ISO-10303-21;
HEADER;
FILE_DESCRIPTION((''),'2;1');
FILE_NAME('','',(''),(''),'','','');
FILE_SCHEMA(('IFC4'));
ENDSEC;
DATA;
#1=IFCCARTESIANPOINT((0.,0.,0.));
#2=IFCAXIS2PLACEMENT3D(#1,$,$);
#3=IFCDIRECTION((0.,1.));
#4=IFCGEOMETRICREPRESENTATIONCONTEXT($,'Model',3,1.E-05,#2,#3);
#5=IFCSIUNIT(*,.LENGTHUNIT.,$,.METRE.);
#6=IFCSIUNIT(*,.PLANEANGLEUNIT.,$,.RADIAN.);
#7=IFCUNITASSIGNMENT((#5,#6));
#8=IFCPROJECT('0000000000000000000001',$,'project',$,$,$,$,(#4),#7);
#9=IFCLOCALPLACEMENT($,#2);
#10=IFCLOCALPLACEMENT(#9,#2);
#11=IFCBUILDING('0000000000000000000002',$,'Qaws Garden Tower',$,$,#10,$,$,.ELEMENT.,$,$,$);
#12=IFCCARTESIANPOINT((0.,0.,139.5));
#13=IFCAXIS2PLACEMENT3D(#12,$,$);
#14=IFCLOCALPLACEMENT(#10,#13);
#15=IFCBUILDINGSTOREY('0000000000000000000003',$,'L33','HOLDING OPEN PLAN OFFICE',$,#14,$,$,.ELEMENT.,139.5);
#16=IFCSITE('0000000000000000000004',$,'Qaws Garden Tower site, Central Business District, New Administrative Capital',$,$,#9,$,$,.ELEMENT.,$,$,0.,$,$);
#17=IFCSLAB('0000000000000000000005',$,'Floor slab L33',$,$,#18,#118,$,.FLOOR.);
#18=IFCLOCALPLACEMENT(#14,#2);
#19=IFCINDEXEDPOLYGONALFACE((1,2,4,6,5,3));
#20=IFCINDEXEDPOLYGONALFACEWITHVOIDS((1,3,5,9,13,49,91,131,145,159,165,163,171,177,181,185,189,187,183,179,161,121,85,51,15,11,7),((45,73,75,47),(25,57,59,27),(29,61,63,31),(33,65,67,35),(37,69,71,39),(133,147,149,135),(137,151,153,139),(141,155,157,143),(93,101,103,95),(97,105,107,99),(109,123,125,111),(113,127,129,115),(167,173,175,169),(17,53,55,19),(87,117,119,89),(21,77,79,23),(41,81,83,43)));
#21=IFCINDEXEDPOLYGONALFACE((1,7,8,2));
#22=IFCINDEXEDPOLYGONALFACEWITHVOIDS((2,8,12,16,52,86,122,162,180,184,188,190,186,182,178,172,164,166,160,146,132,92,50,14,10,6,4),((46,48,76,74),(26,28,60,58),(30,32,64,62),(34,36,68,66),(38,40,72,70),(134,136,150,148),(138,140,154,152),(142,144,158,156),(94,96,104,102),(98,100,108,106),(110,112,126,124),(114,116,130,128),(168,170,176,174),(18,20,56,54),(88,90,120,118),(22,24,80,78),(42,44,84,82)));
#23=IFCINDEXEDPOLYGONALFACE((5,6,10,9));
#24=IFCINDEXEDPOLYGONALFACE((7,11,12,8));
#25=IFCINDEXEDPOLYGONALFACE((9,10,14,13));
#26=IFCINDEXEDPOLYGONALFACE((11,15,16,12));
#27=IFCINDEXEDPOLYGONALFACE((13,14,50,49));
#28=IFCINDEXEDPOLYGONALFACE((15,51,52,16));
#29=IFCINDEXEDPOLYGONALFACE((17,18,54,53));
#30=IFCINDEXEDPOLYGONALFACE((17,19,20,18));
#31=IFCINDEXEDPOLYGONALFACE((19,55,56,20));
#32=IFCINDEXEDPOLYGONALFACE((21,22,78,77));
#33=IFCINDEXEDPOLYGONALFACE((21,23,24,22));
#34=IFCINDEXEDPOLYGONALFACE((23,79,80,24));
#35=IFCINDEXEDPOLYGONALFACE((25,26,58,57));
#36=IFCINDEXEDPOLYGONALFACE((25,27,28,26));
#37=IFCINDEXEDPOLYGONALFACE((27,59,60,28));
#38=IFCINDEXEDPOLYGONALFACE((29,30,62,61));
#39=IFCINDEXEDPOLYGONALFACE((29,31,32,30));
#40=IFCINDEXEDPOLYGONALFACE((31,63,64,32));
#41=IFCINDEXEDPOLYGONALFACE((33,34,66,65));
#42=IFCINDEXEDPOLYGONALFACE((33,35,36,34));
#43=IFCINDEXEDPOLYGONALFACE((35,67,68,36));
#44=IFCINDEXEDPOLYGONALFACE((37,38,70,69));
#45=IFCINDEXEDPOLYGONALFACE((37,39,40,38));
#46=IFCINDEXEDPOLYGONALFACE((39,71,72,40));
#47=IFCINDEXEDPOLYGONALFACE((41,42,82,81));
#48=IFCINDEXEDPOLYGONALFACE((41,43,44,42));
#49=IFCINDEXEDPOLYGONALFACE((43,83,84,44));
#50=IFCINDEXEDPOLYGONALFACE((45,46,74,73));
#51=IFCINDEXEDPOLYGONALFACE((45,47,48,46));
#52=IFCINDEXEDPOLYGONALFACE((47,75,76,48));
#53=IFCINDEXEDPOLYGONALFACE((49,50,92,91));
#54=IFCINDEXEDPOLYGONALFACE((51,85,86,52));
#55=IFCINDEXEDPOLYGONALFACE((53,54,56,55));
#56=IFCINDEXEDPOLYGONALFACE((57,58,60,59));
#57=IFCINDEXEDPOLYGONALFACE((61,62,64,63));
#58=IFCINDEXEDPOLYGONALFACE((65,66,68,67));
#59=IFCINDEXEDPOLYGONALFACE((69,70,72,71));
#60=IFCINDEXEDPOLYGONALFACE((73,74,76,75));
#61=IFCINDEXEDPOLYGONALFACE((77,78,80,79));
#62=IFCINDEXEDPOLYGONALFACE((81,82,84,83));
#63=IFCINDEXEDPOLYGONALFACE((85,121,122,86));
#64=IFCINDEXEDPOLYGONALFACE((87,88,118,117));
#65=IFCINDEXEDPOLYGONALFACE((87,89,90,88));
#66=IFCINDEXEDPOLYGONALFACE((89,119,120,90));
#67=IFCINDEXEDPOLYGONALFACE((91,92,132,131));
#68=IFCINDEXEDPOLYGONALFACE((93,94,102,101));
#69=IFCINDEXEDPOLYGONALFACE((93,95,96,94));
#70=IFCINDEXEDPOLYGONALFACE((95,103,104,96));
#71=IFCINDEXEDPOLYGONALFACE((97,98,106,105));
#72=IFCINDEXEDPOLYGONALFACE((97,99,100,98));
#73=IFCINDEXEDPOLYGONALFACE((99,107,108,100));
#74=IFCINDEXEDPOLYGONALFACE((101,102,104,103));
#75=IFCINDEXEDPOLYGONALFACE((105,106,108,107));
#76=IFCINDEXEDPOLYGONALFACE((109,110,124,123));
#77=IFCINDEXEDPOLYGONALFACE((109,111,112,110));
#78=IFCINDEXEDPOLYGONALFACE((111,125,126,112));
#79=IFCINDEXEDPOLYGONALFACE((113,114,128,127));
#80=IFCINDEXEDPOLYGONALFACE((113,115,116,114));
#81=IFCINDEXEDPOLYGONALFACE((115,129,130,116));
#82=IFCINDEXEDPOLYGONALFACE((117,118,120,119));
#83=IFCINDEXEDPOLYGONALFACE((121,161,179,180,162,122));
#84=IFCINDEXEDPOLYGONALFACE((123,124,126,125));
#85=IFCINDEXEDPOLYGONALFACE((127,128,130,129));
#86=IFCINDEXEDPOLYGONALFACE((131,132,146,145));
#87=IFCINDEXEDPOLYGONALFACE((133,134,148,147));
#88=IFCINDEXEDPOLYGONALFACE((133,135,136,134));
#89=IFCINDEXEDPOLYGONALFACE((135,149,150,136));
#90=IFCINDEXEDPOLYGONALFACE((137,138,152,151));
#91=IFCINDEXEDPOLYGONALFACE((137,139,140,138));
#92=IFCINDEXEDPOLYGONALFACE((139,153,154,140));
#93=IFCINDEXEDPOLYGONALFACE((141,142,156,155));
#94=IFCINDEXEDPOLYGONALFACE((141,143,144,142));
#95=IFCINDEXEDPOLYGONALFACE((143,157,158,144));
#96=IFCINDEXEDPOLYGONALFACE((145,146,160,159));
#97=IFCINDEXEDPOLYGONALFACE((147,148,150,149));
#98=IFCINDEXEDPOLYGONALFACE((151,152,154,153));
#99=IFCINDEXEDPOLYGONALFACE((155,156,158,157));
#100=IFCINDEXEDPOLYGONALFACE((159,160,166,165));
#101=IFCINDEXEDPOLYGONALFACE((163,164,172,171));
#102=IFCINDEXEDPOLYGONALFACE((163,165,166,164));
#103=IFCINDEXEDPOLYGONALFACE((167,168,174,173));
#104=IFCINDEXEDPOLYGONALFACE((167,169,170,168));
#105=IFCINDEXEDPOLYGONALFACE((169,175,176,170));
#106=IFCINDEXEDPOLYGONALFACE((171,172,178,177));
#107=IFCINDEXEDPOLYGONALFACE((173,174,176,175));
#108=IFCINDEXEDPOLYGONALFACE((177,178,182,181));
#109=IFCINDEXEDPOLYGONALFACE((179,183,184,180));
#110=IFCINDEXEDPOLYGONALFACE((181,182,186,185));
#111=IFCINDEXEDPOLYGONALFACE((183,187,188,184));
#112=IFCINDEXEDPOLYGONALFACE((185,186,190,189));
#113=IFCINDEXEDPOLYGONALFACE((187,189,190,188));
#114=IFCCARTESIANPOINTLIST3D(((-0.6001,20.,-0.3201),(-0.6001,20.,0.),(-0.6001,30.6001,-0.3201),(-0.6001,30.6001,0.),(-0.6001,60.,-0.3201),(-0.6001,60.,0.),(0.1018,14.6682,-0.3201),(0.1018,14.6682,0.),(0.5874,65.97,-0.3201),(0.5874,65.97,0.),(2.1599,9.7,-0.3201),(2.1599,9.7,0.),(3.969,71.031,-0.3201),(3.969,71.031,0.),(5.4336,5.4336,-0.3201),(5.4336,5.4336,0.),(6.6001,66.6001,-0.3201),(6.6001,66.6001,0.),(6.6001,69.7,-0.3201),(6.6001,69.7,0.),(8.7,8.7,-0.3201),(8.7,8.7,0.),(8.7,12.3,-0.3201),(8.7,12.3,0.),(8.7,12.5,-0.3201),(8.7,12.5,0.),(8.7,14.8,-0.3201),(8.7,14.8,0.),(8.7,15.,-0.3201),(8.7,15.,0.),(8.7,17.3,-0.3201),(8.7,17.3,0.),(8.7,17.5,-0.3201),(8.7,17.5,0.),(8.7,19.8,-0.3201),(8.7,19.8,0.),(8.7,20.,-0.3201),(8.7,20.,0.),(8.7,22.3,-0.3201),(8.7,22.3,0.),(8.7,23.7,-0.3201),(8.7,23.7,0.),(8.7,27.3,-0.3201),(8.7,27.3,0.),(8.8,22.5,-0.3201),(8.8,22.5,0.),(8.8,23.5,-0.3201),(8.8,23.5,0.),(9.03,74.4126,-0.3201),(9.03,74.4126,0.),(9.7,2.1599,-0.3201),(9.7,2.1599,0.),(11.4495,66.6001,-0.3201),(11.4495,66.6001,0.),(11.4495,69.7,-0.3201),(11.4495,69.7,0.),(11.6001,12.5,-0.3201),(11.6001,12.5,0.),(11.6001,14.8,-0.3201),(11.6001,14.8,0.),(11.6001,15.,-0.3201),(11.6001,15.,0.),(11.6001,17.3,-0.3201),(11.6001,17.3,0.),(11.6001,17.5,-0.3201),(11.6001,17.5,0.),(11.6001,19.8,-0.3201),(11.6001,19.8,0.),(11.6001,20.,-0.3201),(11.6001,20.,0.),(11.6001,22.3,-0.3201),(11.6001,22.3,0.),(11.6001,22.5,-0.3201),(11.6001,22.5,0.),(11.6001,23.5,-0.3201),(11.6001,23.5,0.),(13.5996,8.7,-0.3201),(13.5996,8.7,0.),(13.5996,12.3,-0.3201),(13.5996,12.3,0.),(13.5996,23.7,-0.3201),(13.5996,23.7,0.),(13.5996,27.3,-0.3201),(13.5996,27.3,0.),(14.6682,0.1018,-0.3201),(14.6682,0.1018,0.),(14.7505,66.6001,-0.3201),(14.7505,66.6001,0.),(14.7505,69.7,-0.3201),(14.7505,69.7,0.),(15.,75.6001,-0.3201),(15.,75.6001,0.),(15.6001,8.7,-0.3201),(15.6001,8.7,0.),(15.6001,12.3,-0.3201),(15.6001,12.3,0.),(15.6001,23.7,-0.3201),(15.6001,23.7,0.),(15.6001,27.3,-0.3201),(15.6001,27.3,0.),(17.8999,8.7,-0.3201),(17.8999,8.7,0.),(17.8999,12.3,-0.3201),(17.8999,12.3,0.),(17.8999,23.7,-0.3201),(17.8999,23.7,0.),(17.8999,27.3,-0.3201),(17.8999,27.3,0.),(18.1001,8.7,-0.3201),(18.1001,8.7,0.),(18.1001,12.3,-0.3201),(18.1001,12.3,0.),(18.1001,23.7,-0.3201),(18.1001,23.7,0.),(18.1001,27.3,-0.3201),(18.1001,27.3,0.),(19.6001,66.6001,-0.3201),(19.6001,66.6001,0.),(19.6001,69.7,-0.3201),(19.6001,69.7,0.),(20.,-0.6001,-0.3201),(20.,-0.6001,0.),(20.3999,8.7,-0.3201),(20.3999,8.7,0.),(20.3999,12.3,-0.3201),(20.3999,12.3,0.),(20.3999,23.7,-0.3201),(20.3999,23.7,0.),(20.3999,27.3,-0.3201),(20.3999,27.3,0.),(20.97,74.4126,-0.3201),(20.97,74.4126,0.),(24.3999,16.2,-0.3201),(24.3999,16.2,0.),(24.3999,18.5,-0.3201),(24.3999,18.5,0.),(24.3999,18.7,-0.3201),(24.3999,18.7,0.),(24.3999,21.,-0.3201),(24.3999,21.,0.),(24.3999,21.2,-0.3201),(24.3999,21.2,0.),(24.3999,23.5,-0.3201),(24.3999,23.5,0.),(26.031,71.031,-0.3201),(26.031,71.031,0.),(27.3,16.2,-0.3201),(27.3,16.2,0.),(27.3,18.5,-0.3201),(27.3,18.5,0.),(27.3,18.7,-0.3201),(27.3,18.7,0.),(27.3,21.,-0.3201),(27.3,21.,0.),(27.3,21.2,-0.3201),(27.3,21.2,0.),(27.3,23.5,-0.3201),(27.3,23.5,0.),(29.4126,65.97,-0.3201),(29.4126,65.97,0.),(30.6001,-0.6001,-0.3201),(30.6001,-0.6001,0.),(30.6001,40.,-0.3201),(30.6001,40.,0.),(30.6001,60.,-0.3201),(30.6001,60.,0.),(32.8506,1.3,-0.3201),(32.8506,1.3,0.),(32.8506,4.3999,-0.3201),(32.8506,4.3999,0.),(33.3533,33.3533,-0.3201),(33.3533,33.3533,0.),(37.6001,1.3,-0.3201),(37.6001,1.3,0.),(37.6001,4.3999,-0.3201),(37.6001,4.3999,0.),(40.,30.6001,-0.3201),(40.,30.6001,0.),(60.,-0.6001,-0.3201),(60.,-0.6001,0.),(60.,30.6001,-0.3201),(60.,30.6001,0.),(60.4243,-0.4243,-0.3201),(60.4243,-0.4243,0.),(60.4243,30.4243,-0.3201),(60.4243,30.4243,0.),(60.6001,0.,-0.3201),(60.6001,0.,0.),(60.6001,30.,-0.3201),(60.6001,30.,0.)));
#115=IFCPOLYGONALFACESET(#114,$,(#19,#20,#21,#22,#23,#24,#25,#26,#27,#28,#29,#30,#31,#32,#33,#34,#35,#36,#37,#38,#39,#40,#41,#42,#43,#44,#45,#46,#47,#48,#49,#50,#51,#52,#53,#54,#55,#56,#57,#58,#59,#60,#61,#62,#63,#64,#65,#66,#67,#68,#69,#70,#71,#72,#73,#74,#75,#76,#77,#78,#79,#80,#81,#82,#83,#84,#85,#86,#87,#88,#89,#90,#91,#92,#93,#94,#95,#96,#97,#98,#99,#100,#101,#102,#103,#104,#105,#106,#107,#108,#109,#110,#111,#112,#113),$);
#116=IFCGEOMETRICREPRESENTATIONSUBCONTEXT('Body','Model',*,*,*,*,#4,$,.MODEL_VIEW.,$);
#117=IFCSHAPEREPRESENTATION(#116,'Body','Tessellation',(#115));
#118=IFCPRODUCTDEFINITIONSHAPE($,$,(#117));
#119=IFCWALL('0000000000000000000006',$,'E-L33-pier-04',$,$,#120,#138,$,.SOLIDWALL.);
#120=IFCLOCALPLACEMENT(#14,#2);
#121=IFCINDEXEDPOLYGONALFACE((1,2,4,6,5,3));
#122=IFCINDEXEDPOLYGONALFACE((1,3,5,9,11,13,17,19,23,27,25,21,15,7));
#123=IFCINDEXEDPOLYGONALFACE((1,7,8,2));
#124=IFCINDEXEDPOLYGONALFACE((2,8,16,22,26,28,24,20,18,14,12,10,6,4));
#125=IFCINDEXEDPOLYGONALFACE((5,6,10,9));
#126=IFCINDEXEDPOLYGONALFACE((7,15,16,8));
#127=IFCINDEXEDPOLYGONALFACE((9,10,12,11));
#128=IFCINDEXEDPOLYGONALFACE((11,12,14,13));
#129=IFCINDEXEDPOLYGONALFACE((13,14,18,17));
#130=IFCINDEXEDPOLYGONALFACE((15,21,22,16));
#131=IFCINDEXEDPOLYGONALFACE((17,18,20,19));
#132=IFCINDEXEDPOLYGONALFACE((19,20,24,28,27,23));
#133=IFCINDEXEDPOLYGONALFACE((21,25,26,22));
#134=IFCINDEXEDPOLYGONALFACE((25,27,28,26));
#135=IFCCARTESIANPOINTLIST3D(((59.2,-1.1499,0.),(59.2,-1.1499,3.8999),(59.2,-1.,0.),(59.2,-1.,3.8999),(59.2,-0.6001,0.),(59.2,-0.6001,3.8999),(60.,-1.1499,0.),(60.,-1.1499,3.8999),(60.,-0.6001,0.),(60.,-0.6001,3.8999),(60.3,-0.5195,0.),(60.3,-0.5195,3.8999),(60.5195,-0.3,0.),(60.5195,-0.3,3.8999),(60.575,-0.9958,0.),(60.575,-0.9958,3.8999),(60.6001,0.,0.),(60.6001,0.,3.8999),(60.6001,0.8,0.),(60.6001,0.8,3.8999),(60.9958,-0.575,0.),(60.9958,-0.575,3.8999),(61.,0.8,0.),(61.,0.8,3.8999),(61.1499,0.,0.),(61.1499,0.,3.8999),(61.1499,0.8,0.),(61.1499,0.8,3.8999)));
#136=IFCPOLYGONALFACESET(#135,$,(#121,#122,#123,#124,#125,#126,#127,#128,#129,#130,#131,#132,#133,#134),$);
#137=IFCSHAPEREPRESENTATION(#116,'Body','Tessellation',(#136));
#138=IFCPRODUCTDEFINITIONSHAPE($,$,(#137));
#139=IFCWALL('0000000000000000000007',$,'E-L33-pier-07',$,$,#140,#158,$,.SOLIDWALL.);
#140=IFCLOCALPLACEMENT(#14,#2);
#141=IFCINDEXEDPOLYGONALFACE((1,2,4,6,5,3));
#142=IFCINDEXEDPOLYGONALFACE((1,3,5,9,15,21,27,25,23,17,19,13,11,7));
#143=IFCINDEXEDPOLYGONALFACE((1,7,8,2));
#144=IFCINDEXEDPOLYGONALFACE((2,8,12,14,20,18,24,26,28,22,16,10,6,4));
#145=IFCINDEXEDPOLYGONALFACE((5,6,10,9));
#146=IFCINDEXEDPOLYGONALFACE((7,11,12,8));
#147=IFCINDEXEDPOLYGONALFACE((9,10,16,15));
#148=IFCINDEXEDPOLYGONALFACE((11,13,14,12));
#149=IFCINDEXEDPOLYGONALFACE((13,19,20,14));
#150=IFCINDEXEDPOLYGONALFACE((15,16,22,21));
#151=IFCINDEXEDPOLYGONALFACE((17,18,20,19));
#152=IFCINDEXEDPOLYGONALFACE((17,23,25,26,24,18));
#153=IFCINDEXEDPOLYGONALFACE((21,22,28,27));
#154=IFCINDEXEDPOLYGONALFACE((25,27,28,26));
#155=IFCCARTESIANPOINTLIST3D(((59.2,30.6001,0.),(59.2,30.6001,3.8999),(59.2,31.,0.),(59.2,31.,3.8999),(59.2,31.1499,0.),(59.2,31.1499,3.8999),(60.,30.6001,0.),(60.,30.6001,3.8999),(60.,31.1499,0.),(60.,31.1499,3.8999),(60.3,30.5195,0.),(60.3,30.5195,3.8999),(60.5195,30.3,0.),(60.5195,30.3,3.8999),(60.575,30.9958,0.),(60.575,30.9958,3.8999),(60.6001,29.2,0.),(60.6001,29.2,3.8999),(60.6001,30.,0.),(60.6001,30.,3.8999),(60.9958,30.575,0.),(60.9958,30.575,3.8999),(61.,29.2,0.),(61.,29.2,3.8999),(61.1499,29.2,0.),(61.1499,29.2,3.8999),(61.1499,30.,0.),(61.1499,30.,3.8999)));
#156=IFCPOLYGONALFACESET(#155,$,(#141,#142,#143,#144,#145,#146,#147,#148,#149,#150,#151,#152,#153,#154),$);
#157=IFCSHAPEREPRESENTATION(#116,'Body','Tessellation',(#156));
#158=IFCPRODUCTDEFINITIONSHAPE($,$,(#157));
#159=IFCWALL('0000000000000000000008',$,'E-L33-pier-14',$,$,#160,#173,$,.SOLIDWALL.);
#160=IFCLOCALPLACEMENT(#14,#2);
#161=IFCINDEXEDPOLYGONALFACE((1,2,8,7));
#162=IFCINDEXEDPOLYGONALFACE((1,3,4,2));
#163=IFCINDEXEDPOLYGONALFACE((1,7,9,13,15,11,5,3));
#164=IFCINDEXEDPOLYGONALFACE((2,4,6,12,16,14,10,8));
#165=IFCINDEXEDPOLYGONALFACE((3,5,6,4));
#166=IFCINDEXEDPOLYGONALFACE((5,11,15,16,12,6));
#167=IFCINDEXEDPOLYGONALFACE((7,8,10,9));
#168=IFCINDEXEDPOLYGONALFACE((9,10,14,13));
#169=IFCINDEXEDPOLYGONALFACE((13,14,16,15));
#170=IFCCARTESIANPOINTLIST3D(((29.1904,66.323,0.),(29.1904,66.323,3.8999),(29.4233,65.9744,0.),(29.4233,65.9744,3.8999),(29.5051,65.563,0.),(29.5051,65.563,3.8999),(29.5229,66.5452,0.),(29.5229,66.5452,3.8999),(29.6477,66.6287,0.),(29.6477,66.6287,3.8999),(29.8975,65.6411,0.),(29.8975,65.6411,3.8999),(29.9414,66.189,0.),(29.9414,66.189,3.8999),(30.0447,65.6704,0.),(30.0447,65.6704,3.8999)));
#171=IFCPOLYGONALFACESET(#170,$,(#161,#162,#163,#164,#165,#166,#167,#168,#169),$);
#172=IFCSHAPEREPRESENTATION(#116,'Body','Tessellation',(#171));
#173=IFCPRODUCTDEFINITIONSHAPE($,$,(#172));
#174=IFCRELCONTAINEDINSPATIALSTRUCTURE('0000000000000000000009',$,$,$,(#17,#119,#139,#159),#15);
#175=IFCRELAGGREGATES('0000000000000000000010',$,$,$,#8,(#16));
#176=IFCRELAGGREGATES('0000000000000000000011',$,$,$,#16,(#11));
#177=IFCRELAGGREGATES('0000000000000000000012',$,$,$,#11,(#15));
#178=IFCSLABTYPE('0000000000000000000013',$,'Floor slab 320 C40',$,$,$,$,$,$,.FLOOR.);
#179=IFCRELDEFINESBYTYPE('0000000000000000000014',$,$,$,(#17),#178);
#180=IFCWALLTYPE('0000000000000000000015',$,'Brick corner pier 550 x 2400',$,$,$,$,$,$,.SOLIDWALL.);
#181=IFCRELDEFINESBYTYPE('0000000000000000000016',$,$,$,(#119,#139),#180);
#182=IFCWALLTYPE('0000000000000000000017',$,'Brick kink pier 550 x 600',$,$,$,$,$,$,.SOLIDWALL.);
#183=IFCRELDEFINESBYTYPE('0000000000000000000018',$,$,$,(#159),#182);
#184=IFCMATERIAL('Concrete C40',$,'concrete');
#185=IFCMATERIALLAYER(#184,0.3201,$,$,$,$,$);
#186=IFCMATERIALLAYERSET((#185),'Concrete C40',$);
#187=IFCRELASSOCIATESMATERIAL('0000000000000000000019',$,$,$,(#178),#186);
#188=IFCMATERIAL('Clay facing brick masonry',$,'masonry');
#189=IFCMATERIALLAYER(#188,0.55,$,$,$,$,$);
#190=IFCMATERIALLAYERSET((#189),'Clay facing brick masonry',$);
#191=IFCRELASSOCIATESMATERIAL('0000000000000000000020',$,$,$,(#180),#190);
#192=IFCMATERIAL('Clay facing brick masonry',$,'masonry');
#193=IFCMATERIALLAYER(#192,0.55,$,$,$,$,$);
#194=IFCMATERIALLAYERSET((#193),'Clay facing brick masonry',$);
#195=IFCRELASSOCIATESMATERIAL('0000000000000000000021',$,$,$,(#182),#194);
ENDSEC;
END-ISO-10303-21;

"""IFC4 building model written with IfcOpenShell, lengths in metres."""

from ifc_helpers import new_model, si_unit, direction, frame, origin, place, context, subcontext, project, spatial, polyline, outline, extrude, material, layer, layer_set, type_object, element, save


model = new_model("IFC4")

# Units and contexts
model_context = context("Model", 3, precision=1e-05, world=origin(), true_north=direction((0.0, 1.0)))
body_context = subcontext(model_context, "Body", "Model", "MODEL_VIEW")
ifc_project = project(units=[si_unit("LENGTHUNIT", "METRE"), si_unit("PLANEANGLEUNIT", "RADIAN")], contexts=[model_context])

# Site, building, storey
site_placement = place(None, origin())
site = spatial("IfcSite", under=ifc_project, at=site_placement, Name="Qaws Garden Tower site, Central Business District, New Administrative Capital", CompositionType="ELEMENT", RefElevation=0.0)
building_placement = place(site_placement, origin())
building = spatial("IfcBuilding", under=site, at=building_placement, Name="Qaws Garden Tower", CompositionType="ELEMENT")
storey_placement = place(building_placement, frame((0.0, 0.0, 139.5)))
storey = spatial("IfcBuildingStorey", under=building, at=storey_placement, Name="L33", Description="HOLDING OPEN PLAN OFFICE", CompositionType="ELEMENT", Elevation=139.5)

# Slab
ifc_material_1 = material(Name="Concrete C40", Category="concrete")
ifc_layer_1 = layer(ifc_material_1, 0.3201)
ifc_layer_set_1 = layer_set([ifc_layer_1], Name="Concrete C40")
slab_type = type_object("IfcSlabType", Name="Floor slab 320 C40", PredefinedType="FLOOR", material=ifc_layer_set_1)
slab_placement = place(storey_placement, frame((0.0, 0.0, -0.3201)))
element("IfcSlab", 1, at=slab_placement, inside=storey, type_object=slab_type, Name="Floor slab L33", PredefinedType="FLOOR", context=body_context, shape_type="SweptSolid", body=[
    extrude(outline(polyline([(0.1018, 14.6682), (-0.6001, 20.0), (-0.6001, 30.6001), (-0.6001, 60.0), (-0.6001, 60.0), (0.5874, 65.97), (3.969, 71.031), (9.03, 74.4126), (15.0, 75.6001), (20.97, 74.4126), (26.031, 71.031), (29.4126, 65.97), (30.6001, 60.0), (30.6001, 40.0), (33.3533, 33.3533), (40.0, 30.6001), (60.0, 30.6001), (60.4243, 30.4243), (60.6001, 30.0), (60.6001, 0.0), (60.4243, -0.4243), (60.0, -0.6001), (30.6001, -0.6001), (20.0, -0.6001), (14.6682, 0.1018), (9.7, 2.1599), (5.4336, 5.4336), (2.1599, 9.7), (0.1018, 14.6682)]), holes=[polyline([(13.5996, 12.3), (8.7, 12.3), (8.7, 8.7), (13.5996, 8.7), (13.5996, 12.3)]), polyline([(17.8999, 12.3), (15.6001, 12.3), (15.6001, 8.7), (17.8999, 8.7), (17.8999, 12.3)]), polyline([(11.6001, 14.8), (8.7, 14.8), (8.7, 12.5), (11.6001, 12.5), (11.6001, 14.8)]), polyline([(11.6001, 17.3), (8.7, 17.3), (8.7, 15.0), (11.6001, 15.0), (11.6001, 17.3)]), polyline([(11.6001, 19.8), (8.7, 19.8), (8.7, 17.5), (11.6001, 17.5), (11.6001, 19.8)]), polyline([(11.6001, 22.3), (8.7, 22.3), (8.7, 20.0), (11.6001, 20.0), (11.6001, 22.3)]), polyline([(11.6001, 23.5), (8.8, 23.5), (8.8, 22.5), (11.6001, 22.5), (11.6001, 23.5)]), polyline([(13.5996, 27.3), (8.7, 27.3), (8.7, 23.7), (13.5996, 23.7), (13.5996, 27.3)]), polyline([(11.4495, 69.7), (6.6001, 69.7), (6.6001, 66.6001), (11.4495, 66.6001), (11.4495, 69.7)]), polyline([(37.6001, 4.3999), (32.8506, 4.3999), (32.8506, 1.3), (37.6001, 1.3), (37.6001, 4.3999)]), polyline([(20.3999, 12.3), (18.1001, 12.3), (18.1001, 8.7), (20.3999, 8.7), (20.3999, 12.3)]), polyline([(27.3, 18.5), (24.3999, 18.5), (24.3999, 16.2), (27.3, 16.2), (27.3, 18.5)]), polyline([(27.3, 21.0), (24.3999, 21.0), (24.3999, 18.7), (27.3, 18.7), (27.3, 21.0)]), polyline([(27.3, 23.5), (24.3999, 23.5), (24.3999, 21.2), (27.3, 21.2), (27.3, 23.5)]), polyline([(17.8999, 27.3), (15.6001, 27.3), (15.6001, 23.7), (17.8999, 23.7), (17.8999, 27.3)]), polyline([(20.3999, 23.7), (20.3999, 27.3), (18.1001, 27.3), (18.1001, 23.7), (20.3999, 23.7)]), polyline([(19.6001, 66.6001), (19.6001, 69.7), (14.7505, 69.7), (14.7505, 66.6001), (19.6001, 66.6001)])]), origin(), (0.0, 0.0, 1.0), 0.3201),
])

# Walls
ifc_material_2 = material(Name="Clay facing brick masonry", Category="masonry")
ifc_layer_2 = layer(ifc_material_2, 0.55)
ifc_layer_set_2 = layer_set([ifc_layer_2], Name="Clay facing brick masonry")
wall_type_1 = type_object("IfcWallType", Name="Brick corner pier 550 x 2400", PredefinedType="SOLIDWALL", material=ifc_layer_set_2)
placement = place(storey_placement, origin())
element("IfcWall", 2, at=placement, inside=storey, type_object=wall_type_1, Name="E-L33-pier-04", PredefinedType="SOLIDWALL", context=body_context, shape_type="SweptSolid", body=[
    extrude(outline(polyline([(59.2, -1.0), (59.2, -1.1499), (60.0, -1.1499), (60.575, -0.9958), (60.9958, -0.575), (61.1499, 0.0), (61.1499, 0.8), (61.0, 0.8), (60.6001, 0.8), (60.6001, 0.0), (60.5195, -0.3), (60.3, -0.5195), (60.0, -0.6001), (59.2, -0.6001), (59.2, -1.0)])), origin(), (0.0, 0.0, 1.0), 3.8999),
])
element("IfcWall", 3, at=placement, inside=storey, type_object=wall_type_1, Name="E-L33-pier-07", PredefinedType="SOLIDWALL", context=body_context, shape_type="SweptSolid", body=[
    extrude(outline(polyline([(61.0, 29.2), (61.1499, 29.2), (61.1499, 30.0), (60.9958, 30.575), (60.575, 30.9958), (60.0, 31.1499), (59.2, 31.1499), (59.2, 31.0), (59.2, 30.6001), (60.0, 30.6001), (60.3, 30.5195), (60.5195, 30.3), (60.6001, 30.0), (60.6001, 29.2), (61.0, 29.2)])), origin(), (0.0, 0.0, 1.0), 3.8999),
])
ifc_material_3 = material(Name="Clay facing brick masonry", Category="masonry")
ifc_layer_3 = layer(ifc_material_3, 0.55)
ifc_layer_set_3 = layer_set([ifc_layer_3], Name="Clay facing brick masonry")
wall_type_2 = type_object("IfcWallType", Name="Brick kink pier 550 x 600", PredefinedType="SOLIDWALL", material=ifc_layer_set_3)
element("IfcWall", 4, at=placement, inside=storey, type_object=wall_type_2, Name="E-L33-pier-14", PredefinedType="SOLIDWALL", context=body_context, shape_type="SweptSolid", body=[
    extrude(outline(polyline([(29.8975, 65.6411), (30.0447, 65.6704), (29.9414, 66.189), (29.6477, 66.6287), (29.5229, 66.5452), (29.1904, 66.323), (29.4233, 65.9744), (29.5051, 65.563), (29.8975, 65.6411)])), origin(), (0.0, 0.0, 1.0), 3.8999),
])

save(model, "model.ifc")
